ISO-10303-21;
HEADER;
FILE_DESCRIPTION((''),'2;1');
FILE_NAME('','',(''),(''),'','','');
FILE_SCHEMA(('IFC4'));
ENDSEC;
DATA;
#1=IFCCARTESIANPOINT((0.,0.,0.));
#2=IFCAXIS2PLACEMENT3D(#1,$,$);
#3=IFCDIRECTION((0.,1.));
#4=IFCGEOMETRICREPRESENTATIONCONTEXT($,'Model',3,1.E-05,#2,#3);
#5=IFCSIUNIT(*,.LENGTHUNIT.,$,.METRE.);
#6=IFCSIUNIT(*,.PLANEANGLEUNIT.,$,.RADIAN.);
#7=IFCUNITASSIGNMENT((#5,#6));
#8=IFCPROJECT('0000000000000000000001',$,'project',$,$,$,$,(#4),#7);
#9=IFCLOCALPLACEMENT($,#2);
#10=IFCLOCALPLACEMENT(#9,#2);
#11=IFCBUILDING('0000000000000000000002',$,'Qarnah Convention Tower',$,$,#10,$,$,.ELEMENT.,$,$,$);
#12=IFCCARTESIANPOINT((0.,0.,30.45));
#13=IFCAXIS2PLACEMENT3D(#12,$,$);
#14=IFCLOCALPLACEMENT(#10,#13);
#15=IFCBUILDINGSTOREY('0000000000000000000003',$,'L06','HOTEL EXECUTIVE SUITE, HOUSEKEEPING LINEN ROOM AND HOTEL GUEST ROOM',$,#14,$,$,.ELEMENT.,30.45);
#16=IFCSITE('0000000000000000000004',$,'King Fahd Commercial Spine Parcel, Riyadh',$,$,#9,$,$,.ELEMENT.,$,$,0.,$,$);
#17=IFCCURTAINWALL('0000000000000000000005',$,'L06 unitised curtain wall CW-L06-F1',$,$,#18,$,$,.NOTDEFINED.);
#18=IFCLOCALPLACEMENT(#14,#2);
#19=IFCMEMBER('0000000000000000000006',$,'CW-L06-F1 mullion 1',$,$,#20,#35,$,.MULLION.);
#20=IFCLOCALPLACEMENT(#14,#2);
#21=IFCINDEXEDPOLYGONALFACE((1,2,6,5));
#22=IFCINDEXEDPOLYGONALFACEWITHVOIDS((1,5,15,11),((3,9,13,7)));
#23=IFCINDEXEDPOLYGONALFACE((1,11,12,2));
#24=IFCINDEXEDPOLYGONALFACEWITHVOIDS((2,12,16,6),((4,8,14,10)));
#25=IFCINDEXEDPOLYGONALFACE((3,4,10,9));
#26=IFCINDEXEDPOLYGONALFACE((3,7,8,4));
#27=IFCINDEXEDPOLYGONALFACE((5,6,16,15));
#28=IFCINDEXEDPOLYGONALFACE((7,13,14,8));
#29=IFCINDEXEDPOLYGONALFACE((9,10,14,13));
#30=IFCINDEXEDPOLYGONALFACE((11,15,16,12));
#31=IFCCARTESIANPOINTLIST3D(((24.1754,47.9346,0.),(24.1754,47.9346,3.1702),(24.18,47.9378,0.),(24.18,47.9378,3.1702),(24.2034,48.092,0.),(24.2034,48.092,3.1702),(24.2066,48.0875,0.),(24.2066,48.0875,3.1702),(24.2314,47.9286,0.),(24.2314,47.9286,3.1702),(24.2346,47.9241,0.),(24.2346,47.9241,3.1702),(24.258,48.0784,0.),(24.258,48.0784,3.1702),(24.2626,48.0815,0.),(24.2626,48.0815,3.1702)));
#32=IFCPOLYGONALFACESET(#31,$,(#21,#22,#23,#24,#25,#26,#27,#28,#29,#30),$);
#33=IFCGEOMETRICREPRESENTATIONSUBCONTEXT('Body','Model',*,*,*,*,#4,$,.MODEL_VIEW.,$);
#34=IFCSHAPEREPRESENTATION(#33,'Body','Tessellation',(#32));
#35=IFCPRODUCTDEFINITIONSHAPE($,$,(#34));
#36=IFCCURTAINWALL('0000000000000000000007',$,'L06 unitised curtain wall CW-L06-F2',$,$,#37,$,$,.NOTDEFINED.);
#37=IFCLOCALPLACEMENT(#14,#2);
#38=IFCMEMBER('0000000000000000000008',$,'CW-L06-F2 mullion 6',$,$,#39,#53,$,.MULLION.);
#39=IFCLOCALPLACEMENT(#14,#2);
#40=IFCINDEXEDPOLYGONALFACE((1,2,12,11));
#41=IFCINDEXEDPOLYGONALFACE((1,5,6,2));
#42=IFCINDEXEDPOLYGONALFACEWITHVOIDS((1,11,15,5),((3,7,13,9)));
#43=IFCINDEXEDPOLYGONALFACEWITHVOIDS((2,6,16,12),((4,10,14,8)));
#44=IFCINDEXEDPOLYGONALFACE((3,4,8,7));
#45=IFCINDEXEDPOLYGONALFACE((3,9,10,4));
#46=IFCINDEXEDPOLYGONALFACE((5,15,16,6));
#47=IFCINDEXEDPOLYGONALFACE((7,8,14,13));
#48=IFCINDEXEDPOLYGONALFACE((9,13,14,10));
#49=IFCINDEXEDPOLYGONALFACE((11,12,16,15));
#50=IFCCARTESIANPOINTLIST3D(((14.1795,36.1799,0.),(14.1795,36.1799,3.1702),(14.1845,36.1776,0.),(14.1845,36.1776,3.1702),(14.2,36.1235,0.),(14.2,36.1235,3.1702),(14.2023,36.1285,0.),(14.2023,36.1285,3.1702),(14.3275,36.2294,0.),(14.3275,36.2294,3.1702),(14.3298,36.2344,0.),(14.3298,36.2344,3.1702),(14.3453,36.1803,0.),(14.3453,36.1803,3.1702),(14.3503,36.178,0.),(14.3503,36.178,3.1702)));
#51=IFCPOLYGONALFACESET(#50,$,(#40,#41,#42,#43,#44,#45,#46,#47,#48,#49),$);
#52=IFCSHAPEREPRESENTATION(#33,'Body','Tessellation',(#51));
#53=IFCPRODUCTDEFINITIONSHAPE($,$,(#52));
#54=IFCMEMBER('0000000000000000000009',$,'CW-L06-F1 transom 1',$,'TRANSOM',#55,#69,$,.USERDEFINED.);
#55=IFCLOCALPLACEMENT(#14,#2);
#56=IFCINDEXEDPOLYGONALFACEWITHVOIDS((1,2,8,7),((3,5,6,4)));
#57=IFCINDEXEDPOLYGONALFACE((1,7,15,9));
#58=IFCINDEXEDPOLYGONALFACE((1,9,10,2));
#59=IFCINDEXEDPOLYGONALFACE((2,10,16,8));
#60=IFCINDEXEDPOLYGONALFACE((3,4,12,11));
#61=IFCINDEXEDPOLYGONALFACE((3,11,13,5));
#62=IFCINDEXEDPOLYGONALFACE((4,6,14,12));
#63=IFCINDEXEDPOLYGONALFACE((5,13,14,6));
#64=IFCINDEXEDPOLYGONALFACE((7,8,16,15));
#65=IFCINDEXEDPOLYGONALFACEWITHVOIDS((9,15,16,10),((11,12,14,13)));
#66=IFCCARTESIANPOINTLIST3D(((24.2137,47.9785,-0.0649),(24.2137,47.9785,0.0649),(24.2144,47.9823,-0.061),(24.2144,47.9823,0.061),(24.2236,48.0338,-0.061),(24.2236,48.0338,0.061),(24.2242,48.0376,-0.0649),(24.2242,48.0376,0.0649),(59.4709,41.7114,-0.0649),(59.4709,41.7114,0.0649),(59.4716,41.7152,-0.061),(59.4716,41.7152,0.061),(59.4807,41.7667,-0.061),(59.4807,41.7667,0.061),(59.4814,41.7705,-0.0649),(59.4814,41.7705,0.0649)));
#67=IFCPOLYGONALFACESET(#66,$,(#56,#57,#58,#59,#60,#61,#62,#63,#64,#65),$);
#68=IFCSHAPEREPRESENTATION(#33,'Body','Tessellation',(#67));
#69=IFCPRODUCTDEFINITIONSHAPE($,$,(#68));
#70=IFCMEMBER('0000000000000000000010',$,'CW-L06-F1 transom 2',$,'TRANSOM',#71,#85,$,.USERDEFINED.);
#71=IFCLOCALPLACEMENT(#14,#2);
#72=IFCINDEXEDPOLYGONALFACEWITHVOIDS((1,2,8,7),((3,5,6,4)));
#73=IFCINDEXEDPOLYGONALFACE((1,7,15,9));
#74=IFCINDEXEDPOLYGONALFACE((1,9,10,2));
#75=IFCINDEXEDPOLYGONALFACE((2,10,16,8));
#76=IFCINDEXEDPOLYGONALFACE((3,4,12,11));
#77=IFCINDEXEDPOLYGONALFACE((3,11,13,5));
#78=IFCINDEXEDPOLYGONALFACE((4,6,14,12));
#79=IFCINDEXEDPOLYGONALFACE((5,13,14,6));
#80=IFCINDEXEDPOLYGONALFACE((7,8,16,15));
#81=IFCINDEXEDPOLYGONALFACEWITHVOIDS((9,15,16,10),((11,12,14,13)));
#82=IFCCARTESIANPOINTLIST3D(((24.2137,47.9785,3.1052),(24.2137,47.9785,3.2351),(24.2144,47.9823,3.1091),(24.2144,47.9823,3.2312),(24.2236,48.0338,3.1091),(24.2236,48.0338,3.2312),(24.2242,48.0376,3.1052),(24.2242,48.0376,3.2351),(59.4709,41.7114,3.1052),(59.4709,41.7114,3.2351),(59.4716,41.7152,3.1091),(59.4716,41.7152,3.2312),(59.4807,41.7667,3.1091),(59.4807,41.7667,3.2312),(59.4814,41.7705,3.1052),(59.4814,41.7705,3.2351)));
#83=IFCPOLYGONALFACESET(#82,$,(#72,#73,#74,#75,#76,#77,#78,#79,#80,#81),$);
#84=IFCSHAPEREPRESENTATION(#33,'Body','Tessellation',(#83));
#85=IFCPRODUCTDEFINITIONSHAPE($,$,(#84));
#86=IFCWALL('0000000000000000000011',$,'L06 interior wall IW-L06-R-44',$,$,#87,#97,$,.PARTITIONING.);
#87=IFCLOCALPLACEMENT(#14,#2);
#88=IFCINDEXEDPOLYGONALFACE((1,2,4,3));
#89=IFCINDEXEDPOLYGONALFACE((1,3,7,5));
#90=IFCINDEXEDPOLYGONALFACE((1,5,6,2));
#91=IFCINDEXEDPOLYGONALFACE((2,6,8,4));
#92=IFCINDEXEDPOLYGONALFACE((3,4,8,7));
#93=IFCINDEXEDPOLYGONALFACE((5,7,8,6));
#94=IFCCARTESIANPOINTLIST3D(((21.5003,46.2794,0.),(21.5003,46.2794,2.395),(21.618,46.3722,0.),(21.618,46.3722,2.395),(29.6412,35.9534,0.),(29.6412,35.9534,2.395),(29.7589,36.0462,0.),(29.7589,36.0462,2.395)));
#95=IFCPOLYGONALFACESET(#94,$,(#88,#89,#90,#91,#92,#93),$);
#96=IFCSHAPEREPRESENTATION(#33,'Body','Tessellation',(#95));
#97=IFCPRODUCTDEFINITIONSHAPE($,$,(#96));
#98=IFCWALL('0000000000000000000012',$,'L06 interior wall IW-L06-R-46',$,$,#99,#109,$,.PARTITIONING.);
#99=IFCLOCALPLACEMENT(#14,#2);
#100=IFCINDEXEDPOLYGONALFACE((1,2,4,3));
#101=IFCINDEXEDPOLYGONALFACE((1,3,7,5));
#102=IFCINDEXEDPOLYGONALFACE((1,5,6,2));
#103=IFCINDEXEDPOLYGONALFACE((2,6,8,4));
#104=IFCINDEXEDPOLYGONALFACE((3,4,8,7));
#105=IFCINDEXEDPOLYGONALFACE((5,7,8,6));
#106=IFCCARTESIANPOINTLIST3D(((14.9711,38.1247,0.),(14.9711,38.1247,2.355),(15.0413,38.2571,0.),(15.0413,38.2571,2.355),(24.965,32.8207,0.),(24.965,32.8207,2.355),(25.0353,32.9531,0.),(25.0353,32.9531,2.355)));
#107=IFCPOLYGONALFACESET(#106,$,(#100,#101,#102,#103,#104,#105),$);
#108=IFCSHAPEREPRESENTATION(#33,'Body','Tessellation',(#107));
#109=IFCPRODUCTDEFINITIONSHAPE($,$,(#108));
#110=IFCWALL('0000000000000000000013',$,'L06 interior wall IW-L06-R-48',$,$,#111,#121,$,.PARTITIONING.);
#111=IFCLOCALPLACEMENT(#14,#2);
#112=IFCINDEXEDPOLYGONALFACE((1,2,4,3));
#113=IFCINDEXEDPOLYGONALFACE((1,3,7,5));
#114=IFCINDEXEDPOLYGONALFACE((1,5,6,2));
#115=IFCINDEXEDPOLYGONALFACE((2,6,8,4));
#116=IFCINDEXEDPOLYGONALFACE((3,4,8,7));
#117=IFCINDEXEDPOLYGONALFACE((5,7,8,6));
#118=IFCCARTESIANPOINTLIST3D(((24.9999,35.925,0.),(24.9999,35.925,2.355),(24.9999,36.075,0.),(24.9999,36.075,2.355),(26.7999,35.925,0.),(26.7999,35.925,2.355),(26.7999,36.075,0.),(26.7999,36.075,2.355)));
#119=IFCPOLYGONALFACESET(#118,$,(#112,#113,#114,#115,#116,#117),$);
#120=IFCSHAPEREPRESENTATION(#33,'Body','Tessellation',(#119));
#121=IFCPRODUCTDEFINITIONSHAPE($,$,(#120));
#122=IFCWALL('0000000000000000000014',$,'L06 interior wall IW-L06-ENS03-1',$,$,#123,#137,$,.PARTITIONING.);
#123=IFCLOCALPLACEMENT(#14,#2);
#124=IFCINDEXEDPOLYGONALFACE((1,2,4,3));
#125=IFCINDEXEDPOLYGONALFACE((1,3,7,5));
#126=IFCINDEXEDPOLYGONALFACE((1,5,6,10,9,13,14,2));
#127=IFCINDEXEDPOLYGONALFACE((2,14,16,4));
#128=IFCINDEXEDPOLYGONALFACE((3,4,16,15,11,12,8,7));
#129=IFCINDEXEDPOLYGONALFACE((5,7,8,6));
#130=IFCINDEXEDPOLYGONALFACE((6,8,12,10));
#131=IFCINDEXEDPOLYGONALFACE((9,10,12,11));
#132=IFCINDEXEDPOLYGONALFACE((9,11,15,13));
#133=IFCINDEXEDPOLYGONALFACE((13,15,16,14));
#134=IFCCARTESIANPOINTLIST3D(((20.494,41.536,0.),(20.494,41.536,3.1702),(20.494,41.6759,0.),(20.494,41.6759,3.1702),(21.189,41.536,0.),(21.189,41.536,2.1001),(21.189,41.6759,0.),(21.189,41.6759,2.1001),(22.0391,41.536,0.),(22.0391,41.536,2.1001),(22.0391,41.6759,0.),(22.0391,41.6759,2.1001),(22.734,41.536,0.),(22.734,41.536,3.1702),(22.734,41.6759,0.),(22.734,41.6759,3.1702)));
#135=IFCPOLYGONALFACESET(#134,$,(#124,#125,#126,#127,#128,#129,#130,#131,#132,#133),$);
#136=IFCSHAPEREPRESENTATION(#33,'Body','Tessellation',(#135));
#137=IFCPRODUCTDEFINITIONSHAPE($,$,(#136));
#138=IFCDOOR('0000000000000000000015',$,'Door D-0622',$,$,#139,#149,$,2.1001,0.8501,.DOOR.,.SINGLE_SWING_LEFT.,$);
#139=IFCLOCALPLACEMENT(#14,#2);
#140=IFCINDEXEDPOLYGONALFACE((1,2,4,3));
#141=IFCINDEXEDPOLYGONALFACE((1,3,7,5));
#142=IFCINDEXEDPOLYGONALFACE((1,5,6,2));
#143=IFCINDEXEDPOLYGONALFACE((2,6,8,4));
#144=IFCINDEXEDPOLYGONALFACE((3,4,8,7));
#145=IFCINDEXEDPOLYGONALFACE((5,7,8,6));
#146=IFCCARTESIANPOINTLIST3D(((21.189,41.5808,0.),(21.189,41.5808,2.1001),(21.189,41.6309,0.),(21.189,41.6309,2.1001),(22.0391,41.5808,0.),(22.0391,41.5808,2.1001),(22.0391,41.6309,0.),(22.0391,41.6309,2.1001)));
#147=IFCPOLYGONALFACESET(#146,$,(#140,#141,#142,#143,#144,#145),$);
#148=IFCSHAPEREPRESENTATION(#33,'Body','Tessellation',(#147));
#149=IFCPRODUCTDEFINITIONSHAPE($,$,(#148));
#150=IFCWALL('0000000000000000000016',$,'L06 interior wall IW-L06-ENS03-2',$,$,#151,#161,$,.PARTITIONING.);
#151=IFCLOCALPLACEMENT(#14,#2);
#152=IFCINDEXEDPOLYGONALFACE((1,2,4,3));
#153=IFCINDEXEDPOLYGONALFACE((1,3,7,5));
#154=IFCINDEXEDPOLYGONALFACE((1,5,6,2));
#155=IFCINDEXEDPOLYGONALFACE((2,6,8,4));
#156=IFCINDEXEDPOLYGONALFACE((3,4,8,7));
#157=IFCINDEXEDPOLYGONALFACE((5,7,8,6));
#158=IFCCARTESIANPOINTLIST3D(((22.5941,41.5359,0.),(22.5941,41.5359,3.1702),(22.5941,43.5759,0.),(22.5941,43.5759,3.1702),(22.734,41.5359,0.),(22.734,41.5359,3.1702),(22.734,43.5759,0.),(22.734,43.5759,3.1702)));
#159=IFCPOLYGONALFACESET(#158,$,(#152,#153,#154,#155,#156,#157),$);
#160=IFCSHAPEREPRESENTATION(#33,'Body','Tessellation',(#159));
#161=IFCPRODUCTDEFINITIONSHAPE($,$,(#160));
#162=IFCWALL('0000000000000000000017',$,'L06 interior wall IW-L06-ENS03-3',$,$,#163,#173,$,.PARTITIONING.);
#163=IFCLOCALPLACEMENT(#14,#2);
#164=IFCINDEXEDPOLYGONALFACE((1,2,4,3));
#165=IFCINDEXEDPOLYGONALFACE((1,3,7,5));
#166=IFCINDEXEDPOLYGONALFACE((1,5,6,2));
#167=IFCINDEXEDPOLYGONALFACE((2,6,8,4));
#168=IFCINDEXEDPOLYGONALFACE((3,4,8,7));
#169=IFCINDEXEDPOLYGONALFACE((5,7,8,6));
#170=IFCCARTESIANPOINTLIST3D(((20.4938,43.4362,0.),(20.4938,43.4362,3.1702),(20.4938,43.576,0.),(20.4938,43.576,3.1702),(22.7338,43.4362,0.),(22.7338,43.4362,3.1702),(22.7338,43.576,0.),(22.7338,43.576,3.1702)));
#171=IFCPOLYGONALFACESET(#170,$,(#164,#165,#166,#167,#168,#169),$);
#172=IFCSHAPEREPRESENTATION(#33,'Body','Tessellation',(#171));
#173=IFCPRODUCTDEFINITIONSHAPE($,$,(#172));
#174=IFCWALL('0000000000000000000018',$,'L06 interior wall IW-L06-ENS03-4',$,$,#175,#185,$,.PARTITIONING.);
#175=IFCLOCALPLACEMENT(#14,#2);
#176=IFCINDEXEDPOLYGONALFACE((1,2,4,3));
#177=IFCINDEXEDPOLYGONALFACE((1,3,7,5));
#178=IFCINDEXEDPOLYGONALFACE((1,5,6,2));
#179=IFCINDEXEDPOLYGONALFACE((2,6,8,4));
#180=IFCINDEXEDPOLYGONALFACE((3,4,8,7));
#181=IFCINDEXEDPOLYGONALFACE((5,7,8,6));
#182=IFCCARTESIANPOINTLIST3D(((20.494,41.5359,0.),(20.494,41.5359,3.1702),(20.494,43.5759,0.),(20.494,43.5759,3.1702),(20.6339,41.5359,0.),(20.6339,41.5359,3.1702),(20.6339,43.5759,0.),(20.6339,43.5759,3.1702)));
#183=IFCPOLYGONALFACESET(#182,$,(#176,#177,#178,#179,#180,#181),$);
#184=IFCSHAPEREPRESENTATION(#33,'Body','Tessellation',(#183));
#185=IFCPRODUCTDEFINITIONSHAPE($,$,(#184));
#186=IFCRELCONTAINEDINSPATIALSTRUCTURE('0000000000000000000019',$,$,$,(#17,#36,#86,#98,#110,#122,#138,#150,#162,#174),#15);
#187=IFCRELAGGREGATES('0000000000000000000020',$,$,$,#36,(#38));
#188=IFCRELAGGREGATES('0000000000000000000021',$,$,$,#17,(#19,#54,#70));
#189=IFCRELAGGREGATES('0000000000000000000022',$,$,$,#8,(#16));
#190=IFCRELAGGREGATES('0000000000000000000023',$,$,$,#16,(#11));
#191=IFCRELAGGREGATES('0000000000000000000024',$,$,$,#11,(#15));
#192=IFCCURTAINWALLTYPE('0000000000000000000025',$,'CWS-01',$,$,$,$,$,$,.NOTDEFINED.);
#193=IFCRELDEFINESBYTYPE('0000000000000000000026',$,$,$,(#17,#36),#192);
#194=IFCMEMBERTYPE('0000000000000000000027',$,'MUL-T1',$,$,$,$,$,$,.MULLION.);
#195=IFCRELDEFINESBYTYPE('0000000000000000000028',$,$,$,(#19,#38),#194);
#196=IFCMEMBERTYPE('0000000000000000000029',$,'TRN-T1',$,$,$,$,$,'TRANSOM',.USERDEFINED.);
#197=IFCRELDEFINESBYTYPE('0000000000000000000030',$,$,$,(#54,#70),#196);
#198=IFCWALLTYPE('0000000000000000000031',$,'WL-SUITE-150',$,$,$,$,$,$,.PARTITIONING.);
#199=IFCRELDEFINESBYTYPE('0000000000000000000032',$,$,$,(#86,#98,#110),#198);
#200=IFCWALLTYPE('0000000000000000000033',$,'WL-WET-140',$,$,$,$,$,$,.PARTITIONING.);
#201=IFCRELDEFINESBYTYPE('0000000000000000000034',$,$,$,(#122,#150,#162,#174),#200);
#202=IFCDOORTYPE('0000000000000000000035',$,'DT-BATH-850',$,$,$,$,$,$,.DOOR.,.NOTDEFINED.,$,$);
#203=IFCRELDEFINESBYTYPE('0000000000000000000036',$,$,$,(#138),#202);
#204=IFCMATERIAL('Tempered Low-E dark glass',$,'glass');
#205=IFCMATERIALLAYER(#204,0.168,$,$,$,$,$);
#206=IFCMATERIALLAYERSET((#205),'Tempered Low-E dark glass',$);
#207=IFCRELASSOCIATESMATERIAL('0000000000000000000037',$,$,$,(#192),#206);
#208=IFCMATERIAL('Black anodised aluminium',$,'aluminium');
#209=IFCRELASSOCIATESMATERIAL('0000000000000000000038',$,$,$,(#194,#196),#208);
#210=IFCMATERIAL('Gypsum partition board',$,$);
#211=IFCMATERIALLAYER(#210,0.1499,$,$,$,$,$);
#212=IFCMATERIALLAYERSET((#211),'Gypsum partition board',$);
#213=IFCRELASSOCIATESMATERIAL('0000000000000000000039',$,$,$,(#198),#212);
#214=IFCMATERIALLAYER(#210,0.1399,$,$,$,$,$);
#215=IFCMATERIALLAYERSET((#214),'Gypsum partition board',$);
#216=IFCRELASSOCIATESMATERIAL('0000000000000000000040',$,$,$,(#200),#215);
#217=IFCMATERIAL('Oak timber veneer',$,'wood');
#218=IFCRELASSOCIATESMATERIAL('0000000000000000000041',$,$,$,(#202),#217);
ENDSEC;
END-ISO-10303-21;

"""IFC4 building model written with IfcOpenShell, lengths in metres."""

from ifc_helpers import new_model, si_unit, direction, frame, frame_2d, origin, origin_2d, place, context, subcontext, project, spatial, rectangle, hollow_rectangle, extrude, material, layer, layer_set, material_profile, profile_set, type_object, element, fill, aggregate, save


model = new_model("IFC4")

# Units and contexts
model_context = context("Model", 3, precision=1e-05, world=origin(), true_north=direction((0.0, 1.0)))
body_context = subcontext(model_context, "Body", "Model", "MODEL_VIEW")
ifc_project = project(units=[si_unit("LENGTHUNIT", "METRE"), si_unit("PLANEANGLEUNIT", "RADIAN")], contexts=[model_context])

# Site, building, storey
site_placement = place(None, origin())
site = spatial("IfcSite", under=ifc_project, at=site_placement, Name="King Fahd Commercial Spine Parcel, Riyadh", CompositionType="ELEMENT", RefElevation=0.0)
building_placement = place(site_placement, origin())
building = spatial("IfcBuilding", under=site, at=building_placement, Name="Qarnah Convention Tower", CompositionType="ELEMENT")
storey_placement = place(building_placement, frame((0.0, 0.0, 30.45)))
storey = spatial("IfcBuildingStorey", under=building, at=storey_placement, Name="L06", Description="HOTEL EXECUTIVE SUITE, HOUSEKEEPING LINEN ROOM AND HOTEL GUEST ROOM", CompositionType="ELEMENT", Elevation=30.45)

# Curtain walls, members
ifc_material_1 = material(Name="Tempered Low-E dark glass", Category="glass")
ifc_layer_1 = layer(ifc_material_1, 0.168)
ifc_layer_set_1 = layer_set([ifc_layer_1], Name="Tempered Low-E dark glass")
curtain_wall_type = type_object("IfcCurtainWallType", Name="CWS-01", PredefinedType="NOTDEFINED", material=ifc_layer_set_1)
curtain_wall_1_placement = place(storey_placement, origin())
curtain_wall_1 = element("IfcCurtainWall", 1, at=curtain_wall_1_placement, inside=storey, type_object=curtain_wall_type, Name="L06 unitised curtain wall CW-L06-F1", PredefinedType="NOTDEFINED")
ifc_material_2 = material(Name="Black anodised aluminium", Category="aluminium")
ifc_material_profile_1 = material_profile(ifc_material_2, hollow_rectangle(XDim=0.0601, YDim=0.1599, WallThickness=0.0039, at=origin_2d()), Name="MUL-60X160")
ifc_profile_set_1 = profile_set([ifc_material_profile_1], Name="Black anodised aluminium")
member_type_1 = type_object("IfcMemberType", Name="MUL-T1", PredefinedType="MULLION", material=ifc_profile_set_1)
member_1_placement = place(storey_placement, frame((24.219, 48.0081, 0.0), z_axis=(0.0, 0.0, 1.0), x_axis=(0.984567, -0.175009, 0.0)))
member_1 = element("IfcMember", 2, at=member_1_placement, type_object=member_type_1, Name="CW-L06-F1 mullion 1", PredefinedType="MULLION", context=body_context, shape_type="SweptSolid", body=[
    extrude(hollow_rectangle(XDim=0.0601, YDim=0.1599, WallThickness=0.0039, at=origin_2d()), origin(), (0.0, 0.0, 1.0), 3.1702),
])
curtain_wall_2_placement = place(storey_placement, origin())
curtain_wall_2 = element("IfcCurtainWall", 3, at=curtain_wall_2_placement, inside=storey, type_object=curtain_wall_type, Name="L06 unitised curtain wall CW-L06-F2", PredefinedType="NOTDEFINED")
member_2_placement = place(storey_placement, frame((14.2649, 36.179, 0.0), z_axis=(0.0, 0.0, 1.0), x_axis=(-0.340727, 0.940162, 0.0)))
member_2 = element("IfcMember", 4, at=member_2_placement, type_object=member_type_1, Name="CW-L06-F2 mullion 6", PredefinedType="MULLION", context=body_context, shape_type="SweptSolid", body=[
    extrude(hollow_rectangle(XDim=0.0601, YDim=0.1599, WallThickness=0.0039, at=origin_2d()), origin(), (0.0, 0.0, 1.0), 3.1702),
])
aggregate(curtain_wall_2, [member_2])

# Members
ifc_material_profile_2 = material_profile(ifc_material_2, hollow_rectangle(XDim=0.0601, YDim=0.1299, WallThickness=0.0039, at=origin_2d()), Name="TRN-60X130")
ifc_profile_set_2 = profile_set([ifc_material_profile_2], Name="Black anodised aluminium")
member_type_2 = type_object("IfcMemberType", Name="TRN-T1", ElementType="TRANSOM", PredefinedType="USERDEFINED", material=ifc_profile_set_2)
member_3_placement = place(storey_placement, frame((24.219, 48.0081, 0.0), z_axis=(0.984567, -0.175011, 0.0), x_axis=(0.175011, 0.984567, 0.0)))
member_3 = element("IfcMember", 5, at=member_3_placement, type_object=member_type_2, Name="CW-L06-F1 transom 1", ObjectType="TRANSOM", PredefinedType="USERDEFINED", context=body_context, shape_type="SweptSolid", body=[
    extrude(hollow_rectangle(XDim=0.0601, YDim=0.1299, WallThickness=0.0039, at=origin_2d()), origin(), (0.0, 0.0, 1.0), 35.8098),
])
member_4_placement = place(storey_placement, frame((24.219, 48.0081, 3.1702), z_axis=(0.984567, -0.175011, 0.0), x_axis=(0.175011, 0.984567, 0.0)))
member_4 = element("IfcMember", 6, at=member_4_placement, type_object=member_type_2, Name="CW-L06-F1 transom 2", ObjectType="TRANSOM", PredefinedType="USERDEFINED", context=body_context, shape_type="SweptSolid", body=[
    extrude(hollow_rectangle(XDim=0.0601, YDim=0.1299, WallThickness=0.0039, at=origin_2d()), origin(), (0.0, 0.0, 1.0), 35.8098),
])
aggregate(curtain_wall_1, [member_1, member_3, member_4])

# Walls
ifc_material_3 = material(Name="Gypsum partition board")
ifc_layer_2 = layer(ifc_material_3, 0.1499)
ifc_layer_set_2 = layer_set([ifc_layer_2], Name="Gypsum partition board")
wall_type_1 = type_object("IfcWallType", Name="WL-SUITE-150", PredefinedType="PARTITIONING", material=ifc_layer_set_2)
wall_1_placement = place(storey_placement, frame((21.5591, 46.3259, 0.0), z_axis=(0.0, 0.0, 1.0), x_axis=(0.61912, -0.785296, 0.0)))
element("IfcWall", 7, at=wall_1_placement, inside=storey, type_object=wall_type_1, Name="L06 interior wall IW-L06-R-44", PredefinedType="PARTITIONING", context=body_context, shape_type="SweptSolid", body=[
    extrude(rectangle(XDim=13.1492, YDim=0.1499, at=frame_2d((6.5747, 0.0))), origin(), (0.0, 0.0, 1.0), 2.395),
])
wall_2_placement = place(storey_placement, frame((15.0061, 38.1909, 0.0), z_axis=(0.0, 0.0, 1.0), x_axis=(0.88331, -0.46879, 0.0)))
element("IfcWall", 8, at=wall_2_placement, inside=storey, type_object=wall_type_1, Name="L06 interior wall IW-L06-R-46", PredefinedType="PARTITIONING", context=body_context, shape_type="SweptSolid", body=[
    extrude(rectangle(XDim=11.3142, YDim=0.1499, at=frame_2d((5.6572, 0.0))), origin(), (0.0, 0.0, 1.0), 2.355),
])
wall_3_placement = place(storey_placement, frame((25.0, 36.0, 0.0), z_axis=(0.0, 0.0, 1.0), x_axis=(1.0, 0.0, 0.0)))
element("IfcWall", 9, at=wall_3_placement, inside=storey, type_object=wall_type_1, Name="L06 interior wall IW-L06-R-48", PredefinedType="PARTITIONING", context=body_context, shape_type="SweptSolid", body=[
    extrude(rectangle(XDim=1.8, YDim=0.1499, at=frame_2d((0.8999, 0.0))), origin(), (0.0, 0.0, 1.0), 2.355),
])

# Wall, opening, door
ifc_layer_3 = layer(ifc_material_3, 0.1399)
ifc_layer_set_3 = layer_set([ifc_layer_3], Name="Gypsum partition board")
wall_type_2 = type_object("IfcWallType", Name="WL-WET-140", PredefinedType="PARTITIONING", material=ifc_layer_set_3)
wall_4_placement = place(storey_placement, frame((20.4939, 41.606, 0.0), z_axis=(0.0, 0.0, 1.0), x_axis=(1.0, 0.0, 0.0)))
wall_4 = element("IfcWall", 10, at=wall_4_placement, inside=storey, type_object=wall_type_2, Name="L06 interior wall IW-L06-ENS03-1", PredefinedType="PARTITIONING", context=body_context, shape_type="SweptSolid", body=[
    extrude(rectangle(XDim=2.24, YDim=0.1399, at=frame_2d((1.1201, 0.0))), origin(), (0.0, 0.0, 1.0), 3.1702),
])
opening_1_placement = place(wall_4_placement, frame((0.6951, 0.0, 0.0)))
opening_1 = element("IfcOpeningElement", 11, at=opening_1_placement, cuts=wall_4, PredefinedType="OPENING", context=body_context, shape_type="SweptSolid", body=[
    extrude(rectangle(XDim=0.8501, YDim=2.1001, at=frame_2d((0.425, 1.05))), frame((0.0, 0.0798, 0.0), z_axis=(0.0, -1.0, 0.0), x_axis=(1.0, 0.0, 0.0)), (0.0, 0.0, 1.0), 0.1599),
])
ifc_material_4 = material(Name="Oak timber veneer", Category="wood")
door_type_1 = type_object("IfcDoorType", Name="DT-BATH-850", OperationType="NOTDEFINED", PredefinedType="DOOR", material=ifc_material_4)
door_1_placement = place(opening_1_placement, origin())
door_1 = element("IfcDoor", 12, at=door_1_placement, inside=storey, type_object=door_type_1, Name="Door D-0622", OperationType="SINGLE_SWING_LEFT", OverallHeight=2.1001, OverallWidth=0.8501, PredefinedType="DOOR", context=body_context, shape_type="SweptSolid", body=[
    extrude(rectangle(XDim=0.8501, YDim=2.1001, at=frame_2d((0.425, 1.05))), frame((0.0, 0.0249, 0.0), z_axis=(0.0, -1.0, 0.0), x_axis=(1.0, 0.0, 0.0)), (0.0, 0.0, 1.0), 0.05),
])
fill(opening_1, door_1)

# Walls
wall_5_placement = place(storey_placement, frame((22.6641, 41.5359, 0.0), z_axis=(0.0, 0.0, 1.0), x_axis=(0.0, 1.0, 0.0)))
element("IfcWall", 13, at=wall_5_placement, inside=storey, type_object=wall_type_2, Name="L06 interior wall IW-L06-ENS03-2", PredefinedType="PARTITIONING", context=body_context, shape_type="SweptSolid", body=[
    extrude(rectangle(XDim=2.04, YDim=0.1399, at=frame_2d((1.02, 0.0))), origin(), (0.0, 0.0, 1.0), 3.1702),
])
wall_6_placement = place(storey_placement, frame((22.7339, 43.5061, 0.0), z_axis=(0.0, 0.0, 1.0), x_axis=(-1.0, 0.0, 0.0)))
element("IfcWall", 14, at=wall_6_placement, inside=storey, type_object=wall_type_2, Name="L06 interior wall IW-L06-ENS03-3", PredefinedType="PARTITIONING", context=body_context, shape_type="SweptSolid", body=[
    extrude(rectangle(XDim=2.24, YDim=0.1399, at=frame_2d((1.1201, 0.0))), origin(), (0.0, 0.0, 1.0), 3.1702),
])
wall_7_placement = place(storey_placement, frame((20.564, 43.5759, 0.0), z_axis=(0.0, 0.0, 1.0), x_axis=(0.0, -1.0, 0.0)))
element("IfcWall", 15, at=wall_7_placement, inside=storey, type_object=wall_type_2, Name="L06 interior wall IW-L06-ENS03-4", PredefinedType="PARTITIONING", context=body_context, shape_type="SweptSolid", body=[
    extrude(rectangle(XDim=2.04, YDim=0.1399, at=frame_2d((1.02, 0.0))), origin(), (0.0, 0.0, 1.0), 3.1702),
])

save(model, "model.ifc")
